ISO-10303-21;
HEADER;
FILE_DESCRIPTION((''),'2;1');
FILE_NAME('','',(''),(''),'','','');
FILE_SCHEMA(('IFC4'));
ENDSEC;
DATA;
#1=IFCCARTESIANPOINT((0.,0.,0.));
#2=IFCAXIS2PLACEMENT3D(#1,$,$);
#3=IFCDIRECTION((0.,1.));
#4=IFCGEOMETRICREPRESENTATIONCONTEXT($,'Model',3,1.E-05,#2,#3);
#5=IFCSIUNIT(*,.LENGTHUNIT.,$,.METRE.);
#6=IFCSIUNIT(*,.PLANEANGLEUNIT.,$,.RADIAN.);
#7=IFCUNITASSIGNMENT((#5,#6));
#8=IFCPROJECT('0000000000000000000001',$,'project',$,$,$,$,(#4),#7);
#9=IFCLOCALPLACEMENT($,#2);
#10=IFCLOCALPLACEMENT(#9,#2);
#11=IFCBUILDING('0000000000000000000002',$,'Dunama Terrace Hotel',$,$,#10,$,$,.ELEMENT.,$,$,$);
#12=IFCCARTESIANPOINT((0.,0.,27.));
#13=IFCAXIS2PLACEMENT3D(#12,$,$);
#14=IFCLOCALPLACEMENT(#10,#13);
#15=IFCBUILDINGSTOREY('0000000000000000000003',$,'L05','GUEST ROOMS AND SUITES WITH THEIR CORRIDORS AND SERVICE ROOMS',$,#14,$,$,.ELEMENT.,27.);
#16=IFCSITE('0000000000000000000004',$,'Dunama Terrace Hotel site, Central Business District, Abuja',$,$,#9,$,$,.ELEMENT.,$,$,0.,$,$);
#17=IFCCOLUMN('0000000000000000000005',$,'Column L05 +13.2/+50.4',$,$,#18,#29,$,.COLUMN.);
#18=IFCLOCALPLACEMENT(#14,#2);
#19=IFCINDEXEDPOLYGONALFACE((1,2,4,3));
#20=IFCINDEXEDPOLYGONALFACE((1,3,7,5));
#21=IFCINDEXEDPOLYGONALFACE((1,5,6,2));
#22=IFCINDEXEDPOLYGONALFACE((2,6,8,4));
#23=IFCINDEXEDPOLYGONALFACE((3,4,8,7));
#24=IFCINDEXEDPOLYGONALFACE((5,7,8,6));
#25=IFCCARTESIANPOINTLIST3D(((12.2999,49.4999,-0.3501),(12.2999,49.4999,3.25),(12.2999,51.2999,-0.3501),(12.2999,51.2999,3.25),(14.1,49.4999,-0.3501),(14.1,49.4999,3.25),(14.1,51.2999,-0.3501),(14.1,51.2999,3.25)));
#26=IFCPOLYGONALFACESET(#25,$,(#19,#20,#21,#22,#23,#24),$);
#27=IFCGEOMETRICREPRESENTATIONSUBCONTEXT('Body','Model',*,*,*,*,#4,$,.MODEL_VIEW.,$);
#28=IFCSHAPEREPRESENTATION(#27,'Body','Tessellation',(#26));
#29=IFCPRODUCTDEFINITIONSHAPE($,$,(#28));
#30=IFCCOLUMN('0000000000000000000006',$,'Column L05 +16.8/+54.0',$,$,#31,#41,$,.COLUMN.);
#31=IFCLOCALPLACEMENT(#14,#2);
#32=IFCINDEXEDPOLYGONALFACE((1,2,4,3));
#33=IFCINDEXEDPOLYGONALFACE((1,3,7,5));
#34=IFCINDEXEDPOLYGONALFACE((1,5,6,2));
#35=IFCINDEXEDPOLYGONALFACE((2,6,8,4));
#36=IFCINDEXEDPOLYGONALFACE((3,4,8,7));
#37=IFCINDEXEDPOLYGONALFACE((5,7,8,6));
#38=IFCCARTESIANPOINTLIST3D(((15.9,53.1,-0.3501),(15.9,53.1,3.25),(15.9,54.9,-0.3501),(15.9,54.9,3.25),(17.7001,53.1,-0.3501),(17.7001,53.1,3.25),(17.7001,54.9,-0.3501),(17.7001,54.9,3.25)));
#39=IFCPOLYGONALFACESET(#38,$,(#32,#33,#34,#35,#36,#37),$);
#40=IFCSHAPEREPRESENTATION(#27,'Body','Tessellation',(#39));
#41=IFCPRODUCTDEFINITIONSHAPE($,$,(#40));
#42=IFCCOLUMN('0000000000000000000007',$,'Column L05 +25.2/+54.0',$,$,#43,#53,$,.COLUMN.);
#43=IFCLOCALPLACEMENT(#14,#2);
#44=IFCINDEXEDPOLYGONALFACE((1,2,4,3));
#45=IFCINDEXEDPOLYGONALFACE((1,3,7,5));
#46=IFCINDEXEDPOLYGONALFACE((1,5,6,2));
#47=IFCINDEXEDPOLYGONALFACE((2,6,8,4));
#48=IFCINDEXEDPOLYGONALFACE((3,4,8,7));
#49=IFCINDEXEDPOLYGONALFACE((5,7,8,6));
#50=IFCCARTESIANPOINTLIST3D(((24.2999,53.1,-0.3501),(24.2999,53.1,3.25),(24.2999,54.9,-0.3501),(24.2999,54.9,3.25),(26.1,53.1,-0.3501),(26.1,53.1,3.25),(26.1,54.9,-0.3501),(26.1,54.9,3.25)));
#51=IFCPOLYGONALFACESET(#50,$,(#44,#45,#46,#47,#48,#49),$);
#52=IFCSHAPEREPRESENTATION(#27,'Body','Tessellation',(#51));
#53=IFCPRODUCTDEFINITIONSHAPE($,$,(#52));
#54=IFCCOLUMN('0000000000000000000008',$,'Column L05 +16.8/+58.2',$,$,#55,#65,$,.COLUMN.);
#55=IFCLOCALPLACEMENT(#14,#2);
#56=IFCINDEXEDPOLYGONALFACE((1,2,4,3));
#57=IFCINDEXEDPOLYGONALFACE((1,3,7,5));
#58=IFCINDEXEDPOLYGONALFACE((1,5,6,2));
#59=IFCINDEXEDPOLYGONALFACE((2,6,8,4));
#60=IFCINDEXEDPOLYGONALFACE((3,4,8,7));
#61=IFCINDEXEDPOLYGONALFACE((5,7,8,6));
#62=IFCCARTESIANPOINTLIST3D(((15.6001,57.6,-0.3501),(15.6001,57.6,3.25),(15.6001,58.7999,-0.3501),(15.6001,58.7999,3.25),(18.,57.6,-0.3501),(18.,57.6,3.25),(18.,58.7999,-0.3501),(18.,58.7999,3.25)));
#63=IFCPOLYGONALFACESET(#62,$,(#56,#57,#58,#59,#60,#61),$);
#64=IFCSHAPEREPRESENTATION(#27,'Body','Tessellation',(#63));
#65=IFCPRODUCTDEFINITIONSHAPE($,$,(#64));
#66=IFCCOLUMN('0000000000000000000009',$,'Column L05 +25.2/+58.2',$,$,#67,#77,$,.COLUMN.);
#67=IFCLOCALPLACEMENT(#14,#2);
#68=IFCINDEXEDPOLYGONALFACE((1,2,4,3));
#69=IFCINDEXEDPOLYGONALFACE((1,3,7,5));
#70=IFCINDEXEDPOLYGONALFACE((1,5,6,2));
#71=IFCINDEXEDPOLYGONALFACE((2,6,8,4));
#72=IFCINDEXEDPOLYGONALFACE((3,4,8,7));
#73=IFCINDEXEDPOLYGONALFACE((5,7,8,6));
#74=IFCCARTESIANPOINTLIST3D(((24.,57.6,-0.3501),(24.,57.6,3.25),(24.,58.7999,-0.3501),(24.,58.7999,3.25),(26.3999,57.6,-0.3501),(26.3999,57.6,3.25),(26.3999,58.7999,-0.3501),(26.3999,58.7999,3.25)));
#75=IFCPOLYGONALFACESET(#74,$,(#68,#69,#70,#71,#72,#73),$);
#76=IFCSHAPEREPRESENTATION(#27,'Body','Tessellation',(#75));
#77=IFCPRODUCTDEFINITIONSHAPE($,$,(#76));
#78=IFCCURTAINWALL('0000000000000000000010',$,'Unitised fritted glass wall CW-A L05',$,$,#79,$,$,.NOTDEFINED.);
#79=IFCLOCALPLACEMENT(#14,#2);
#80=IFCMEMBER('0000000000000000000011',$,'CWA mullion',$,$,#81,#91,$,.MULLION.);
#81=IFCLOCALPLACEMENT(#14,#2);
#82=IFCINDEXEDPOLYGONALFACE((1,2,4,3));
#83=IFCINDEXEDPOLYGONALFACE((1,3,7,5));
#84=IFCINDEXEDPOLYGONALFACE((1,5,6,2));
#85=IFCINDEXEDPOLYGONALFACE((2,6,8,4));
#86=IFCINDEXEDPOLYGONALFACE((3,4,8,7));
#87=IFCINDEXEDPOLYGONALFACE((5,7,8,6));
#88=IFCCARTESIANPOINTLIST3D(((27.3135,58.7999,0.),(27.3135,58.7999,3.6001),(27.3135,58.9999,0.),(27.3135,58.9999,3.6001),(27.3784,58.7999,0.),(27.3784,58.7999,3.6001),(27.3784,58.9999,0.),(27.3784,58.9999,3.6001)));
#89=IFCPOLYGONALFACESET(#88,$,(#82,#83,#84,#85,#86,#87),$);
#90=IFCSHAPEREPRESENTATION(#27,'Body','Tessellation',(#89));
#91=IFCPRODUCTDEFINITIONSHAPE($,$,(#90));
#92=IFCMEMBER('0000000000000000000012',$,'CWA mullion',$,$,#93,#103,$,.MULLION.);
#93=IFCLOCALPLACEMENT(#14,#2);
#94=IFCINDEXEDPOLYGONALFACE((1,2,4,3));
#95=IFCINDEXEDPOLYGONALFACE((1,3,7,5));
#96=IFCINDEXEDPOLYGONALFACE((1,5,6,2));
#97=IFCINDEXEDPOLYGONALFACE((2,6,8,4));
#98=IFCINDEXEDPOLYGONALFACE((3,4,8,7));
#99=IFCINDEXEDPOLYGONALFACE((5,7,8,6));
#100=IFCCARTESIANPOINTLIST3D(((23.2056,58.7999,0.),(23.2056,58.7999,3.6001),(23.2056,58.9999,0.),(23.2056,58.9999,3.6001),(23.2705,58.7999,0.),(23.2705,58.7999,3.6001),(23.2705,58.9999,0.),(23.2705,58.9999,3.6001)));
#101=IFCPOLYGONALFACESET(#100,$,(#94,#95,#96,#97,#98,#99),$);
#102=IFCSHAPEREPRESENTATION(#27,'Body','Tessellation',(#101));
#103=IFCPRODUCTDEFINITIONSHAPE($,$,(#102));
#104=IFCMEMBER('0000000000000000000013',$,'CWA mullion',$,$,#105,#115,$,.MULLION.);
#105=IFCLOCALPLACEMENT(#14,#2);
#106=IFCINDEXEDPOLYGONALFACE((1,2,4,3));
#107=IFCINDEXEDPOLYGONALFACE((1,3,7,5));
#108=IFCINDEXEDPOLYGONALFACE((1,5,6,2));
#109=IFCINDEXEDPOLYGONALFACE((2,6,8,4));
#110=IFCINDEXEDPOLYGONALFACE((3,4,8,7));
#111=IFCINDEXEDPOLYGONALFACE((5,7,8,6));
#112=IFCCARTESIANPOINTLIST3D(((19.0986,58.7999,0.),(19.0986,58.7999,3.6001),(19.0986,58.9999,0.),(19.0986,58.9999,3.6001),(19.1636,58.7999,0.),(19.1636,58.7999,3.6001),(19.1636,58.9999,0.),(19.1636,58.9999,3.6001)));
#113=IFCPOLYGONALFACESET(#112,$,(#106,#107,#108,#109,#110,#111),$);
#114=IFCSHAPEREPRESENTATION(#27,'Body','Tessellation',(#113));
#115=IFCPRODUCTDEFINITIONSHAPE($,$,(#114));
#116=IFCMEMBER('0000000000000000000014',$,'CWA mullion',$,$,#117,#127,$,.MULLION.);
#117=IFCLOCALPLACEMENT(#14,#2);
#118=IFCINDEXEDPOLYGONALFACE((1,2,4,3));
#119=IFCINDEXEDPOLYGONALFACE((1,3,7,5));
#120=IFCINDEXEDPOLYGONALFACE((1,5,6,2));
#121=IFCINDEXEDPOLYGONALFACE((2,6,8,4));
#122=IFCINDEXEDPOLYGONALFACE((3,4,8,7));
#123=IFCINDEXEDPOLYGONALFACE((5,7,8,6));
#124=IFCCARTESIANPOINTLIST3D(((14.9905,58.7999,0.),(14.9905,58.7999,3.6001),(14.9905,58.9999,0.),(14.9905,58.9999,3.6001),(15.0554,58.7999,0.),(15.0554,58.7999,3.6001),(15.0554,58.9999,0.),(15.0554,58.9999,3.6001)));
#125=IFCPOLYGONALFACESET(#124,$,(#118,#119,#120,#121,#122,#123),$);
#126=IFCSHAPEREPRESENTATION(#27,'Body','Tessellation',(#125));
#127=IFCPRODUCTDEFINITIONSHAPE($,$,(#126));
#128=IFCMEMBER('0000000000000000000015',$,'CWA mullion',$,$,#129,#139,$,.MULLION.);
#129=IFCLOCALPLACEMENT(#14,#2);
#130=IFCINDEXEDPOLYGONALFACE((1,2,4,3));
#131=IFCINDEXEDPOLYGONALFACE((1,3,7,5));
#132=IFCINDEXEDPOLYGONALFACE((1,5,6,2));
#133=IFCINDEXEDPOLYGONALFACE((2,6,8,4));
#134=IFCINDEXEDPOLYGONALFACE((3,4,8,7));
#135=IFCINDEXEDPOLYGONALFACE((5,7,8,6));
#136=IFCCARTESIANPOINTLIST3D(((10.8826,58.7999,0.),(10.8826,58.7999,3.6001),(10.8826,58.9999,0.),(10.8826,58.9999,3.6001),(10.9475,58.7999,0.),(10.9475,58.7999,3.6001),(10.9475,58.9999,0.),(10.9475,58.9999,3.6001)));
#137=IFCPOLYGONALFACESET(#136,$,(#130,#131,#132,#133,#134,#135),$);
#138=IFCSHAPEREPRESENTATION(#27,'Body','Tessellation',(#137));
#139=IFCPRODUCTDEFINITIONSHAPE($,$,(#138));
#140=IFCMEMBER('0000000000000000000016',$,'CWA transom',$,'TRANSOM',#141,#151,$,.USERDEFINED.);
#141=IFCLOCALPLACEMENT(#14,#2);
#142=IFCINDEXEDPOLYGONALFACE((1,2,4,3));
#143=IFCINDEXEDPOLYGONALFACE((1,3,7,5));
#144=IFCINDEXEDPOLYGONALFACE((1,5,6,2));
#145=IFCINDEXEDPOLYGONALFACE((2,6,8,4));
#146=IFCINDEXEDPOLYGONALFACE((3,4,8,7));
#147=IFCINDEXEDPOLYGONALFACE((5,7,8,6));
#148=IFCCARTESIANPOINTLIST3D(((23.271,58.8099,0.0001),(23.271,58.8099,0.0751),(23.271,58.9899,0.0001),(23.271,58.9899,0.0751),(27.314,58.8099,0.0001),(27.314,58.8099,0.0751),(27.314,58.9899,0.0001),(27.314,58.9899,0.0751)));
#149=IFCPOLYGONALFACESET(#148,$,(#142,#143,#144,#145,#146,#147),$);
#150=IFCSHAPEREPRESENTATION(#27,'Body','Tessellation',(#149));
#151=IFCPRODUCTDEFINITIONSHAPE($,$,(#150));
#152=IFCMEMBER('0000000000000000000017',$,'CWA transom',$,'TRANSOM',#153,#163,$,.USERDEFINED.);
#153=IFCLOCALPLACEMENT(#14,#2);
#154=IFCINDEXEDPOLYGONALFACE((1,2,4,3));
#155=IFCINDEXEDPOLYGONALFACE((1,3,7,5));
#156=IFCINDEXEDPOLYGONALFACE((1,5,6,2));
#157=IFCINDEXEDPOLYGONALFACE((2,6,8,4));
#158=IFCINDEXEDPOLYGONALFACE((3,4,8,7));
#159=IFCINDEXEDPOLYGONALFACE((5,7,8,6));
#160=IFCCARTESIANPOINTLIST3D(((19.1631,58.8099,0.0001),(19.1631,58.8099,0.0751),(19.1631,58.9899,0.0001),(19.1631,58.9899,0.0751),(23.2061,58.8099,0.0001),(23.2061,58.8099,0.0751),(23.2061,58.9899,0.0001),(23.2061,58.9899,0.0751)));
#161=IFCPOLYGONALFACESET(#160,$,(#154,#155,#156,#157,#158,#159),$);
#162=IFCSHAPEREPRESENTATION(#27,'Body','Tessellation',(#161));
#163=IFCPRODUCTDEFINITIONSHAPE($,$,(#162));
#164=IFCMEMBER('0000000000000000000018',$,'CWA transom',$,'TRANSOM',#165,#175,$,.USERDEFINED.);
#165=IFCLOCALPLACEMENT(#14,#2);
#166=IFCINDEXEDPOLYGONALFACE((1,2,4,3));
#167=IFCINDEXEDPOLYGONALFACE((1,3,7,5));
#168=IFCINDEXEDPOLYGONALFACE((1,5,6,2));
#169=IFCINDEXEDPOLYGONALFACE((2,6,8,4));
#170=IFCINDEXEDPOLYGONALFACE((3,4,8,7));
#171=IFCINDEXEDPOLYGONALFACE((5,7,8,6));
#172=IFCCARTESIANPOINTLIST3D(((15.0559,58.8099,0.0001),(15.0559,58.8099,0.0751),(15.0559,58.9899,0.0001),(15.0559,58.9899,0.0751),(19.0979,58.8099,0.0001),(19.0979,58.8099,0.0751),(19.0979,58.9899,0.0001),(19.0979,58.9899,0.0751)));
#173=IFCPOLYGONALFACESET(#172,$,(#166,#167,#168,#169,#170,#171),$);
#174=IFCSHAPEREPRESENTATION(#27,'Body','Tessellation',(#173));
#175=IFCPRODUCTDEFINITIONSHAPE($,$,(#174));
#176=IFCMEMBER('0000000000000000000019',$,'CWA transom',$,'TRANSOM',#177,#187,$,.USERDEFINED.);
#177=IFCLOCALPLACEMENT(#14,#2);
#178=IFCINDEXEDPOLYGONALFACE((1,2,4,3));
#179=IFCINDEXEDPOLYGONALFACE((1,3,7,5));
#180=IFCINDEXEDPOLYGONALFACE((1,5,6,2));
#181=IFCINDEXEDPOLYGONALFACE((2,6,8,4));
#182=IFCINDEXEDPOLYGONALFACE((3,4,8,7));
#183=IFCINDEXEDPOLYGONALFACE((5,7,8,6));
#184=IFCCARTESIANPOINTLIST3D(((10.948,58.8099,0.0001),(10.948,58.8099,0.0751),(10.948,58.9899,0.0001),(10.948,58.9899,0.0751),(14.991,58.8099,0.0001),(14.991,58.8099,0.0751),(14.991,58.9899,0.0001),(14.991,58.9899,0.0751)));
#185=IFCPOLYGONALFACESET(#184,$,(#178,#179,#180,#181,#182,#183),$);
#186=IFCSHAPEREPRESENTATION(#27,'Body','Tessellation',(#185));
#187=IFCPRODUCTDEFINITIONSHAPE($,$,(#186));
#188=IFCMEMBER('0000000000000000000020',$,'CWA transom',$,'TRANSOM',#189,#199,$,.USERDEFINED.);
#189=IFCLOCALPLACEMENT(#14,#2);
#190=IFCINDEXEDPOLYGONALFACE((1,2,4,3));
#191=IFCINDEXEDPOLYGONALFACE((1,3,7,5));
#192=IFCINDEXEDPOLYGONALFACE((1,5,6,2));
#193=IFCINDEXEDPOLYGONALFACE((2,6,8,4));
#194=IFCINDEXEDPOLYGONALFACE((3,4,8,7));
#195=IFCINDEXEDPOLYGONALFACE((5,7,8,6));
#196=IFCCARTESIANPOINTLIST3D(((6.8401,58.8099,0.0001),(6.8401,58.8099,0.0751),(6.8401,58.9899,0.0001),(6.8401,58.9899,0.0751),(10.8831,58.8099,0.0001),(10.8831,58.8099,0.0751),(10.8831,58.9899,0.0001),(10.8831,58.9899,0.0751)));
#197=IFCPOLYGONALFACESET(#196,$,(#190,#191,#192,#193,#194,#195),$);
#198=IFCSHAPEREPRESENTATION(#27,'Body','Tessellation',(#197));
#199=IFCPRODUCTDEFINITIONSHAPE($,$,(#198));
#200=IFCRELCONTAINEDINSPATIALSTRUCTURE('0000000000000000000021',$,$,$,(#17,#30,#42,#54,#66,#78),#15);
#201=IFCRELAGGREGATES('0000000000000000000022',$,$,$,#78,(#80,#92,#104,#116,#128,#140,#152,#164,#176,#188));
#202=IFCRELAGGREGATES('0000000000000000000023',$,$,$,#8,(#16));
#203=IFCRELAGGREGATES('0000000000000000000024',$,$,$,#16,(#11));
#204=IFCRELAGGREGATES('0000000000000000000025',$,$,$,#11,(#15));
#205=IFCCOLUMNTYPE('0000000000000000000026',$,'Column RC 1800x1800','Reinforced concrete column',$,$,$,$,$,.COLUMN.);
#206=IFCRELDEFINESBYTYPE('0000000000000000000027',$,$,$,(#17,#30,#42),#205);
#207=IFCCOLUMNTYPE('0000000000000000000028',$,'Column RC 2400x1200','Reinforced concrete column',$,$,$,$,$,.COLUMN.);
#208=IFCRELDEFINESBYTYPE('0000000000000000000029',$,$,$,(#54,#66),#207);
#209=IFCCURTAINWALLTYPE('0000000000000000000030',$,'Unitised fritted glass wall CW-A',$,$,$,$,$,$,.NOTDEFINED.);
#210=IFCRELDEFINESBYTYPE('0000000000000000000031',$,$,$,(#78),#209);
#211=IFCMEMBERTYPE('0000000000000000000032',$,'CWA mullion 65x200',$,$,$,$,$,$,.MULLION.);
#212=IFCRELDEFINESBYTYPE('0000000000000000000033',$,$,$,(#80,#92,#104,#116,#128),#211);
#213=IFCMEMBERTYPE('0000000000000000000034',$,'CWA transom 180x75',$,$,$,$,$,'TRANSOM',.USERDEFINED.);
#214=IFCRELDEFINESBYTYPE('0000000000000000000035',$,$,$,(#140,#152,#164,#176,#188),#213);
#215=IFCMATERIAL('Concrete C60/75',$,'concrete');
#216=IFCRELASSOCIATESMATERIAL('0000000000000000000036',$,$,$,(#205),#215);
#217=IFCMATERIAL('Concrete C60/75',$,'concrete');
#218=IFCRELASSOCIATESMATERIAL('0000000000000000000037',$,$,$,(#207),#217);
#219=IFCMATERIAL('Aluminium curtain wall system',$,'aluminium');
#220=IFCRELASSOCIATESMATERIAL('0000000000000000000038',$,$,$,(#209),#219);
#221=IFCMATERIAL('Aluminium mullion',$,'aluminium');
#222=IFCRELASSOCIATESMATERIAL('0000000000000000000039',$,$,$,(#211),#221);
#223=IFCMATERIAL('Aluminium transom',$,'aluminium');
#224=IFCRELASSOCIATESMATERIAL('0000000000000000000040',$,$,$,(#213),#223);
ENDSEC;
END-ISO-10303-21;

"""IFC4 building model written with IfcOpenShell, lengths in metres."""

from ifc_helpers import new_model, si_unit, direction, frame, origin, origin_2d, place, context, subcontext, project, spatial, rectangle, extrude, material, material_profile, profile_set, type_object, element, aggregate, save


model = new_model("IFC4")

# Units and contexts
model_context = context("Model", 3, precision=1e-05, world=origin(), true_north=direction((0.0, 1.0)))
body_context = subcontext(model_context, "Body", "Model", "MODEL_VIEW")
ifc_project = project(units=[si_unit("LENGTHUNIT", "METRE"), si_unit("PLANEANGLEUNIT", "RADIAN")], contexts=[model_context])

# Site, building, storey
site_placement = place(None, origin())
site = spatial("IfcSite", under=ifc_project, at=site_placement, Name="Dunama Terrace Hotel site, Central Business District, Abuja", CompositionType="ELEMENT", RefElevation=0.0)
building_placement = place(site_placement, origin())
building = spatial("IfcBuilding", under=site, at=building_placement, Name="Dunama Terrace Hotel", CompositionType="ELEMENT")
storey_placement = place(building_placement, frame((0.0, 0.0, 27.0)))
storey = spatial("IfcBuildingStorey", under=building, at=storey_placement, Name="L05", Description="GUEST ROOMS AND SUITES WITH THEIR CORRIDORS AND SERVICE ROOMS", CompositionType="ELEMENT", Elevation=27.0)

# Columns
ifc_material_1 = material(Name="Concrete C60/75", Category="concrete")
ifc_material_profile_1 = material_profile(ifc_material_1, rectangle(XDim=1.8, YDim=1.8, at=origin_2d()), Name="RC 1800x1800")
ifc_profile_set_1 = profile_set([ifc_material_profile_1], Name="Concrete C60/75")
column_type_1 = type_object("IfcColumnType", Name="Column RC 1800x1800", Description="Reinforced concrete column", PredefinedType="COLUMN", material=ifc_profile_set_1)
for number, where, z_axis, x_axis, name in (
    (1, (13.2, 50.3999, -0.3501), (0.0, 0.0, 1.0), (1.0, 0.0, 0.0), "Column L05 +13.2/+50.4"),
    (2, (16.8, 54.0, -0.3501), (0.0, 0.0, 1.0), (1.0, 0.0, 0.0), "Column L05 +16.8/+54.0"),
    (3, (25.2, 54.0, -0.3501), (0.0, 0.0, 1.0), (1.0, 0.0, 0.0), "Column L05 +25.2/+54.0"),
):
    element("IfcColumn", number, at=place(storey_placement, frame(where, z_axis=z_axis, x_axis=x_axis)), inside=storey, type_object=column_type_1, Name=name, PredefinedType="COLUMN", context=body_context, shape_type="SweptSolid", body=[
        extrude(rectangle(XDim=1.8, YDim=1.8, at=origin_2d()), origin(), (0.0, 0.0, 1.0), 3.6001),
    ])
ifc_material_2 = material(Name="Concrete C60/75", Category="concrete")
ifc_material_profile_2 = material_profile(ifc_material_2, rectangle(XDim=2.3999, YDim=1.2, at=origin_2d()), Name="RC 2400x1200")
ifc_profile_set_2 = profile_set([ifc_material_profile_2], Name="Concrete C60/75")
column_type_2 = type_object("IfcColumnType", Name="Column RC 2400x1200", Description="Reinforced concrete column", PredefinedType="COLUMN", material=ifc_profile_set_2)
for number, where, z_axis, x_axis, name in (
    (4, (16.8, 58.2, -0.3501), (0.0, 0.0, 1.0), (1.0, 0.0, 0.0), "Column L05 +16.8/+58.2"),
    (5, (25.2, 58.2, -0.3501), (0.0, 0.0, 1.0), (1.0, 0.0, 0.0), "Column L05 +25.2/+58.2"),
):
    element("IfcColumn", number, at=place(storey_placement, frame(where, z_axis=z_axis, x_axis=x_axis)), inside=storey, type_object=column_type_2, Name=name, PredefinedType="COLUMN", context=body_context, shape_type="SweptSolid", body=[
        extrude(rectangle(XDim=2.3999, YDim=1.2, at=origin_2d()), origin(), (0.0, 0.0, 1.0), 3.6001),
    ])

# Curtain wall, members
ifc_material_3 = material(Name="Aluminium curtain wall system", Category="aluminium")
curtain_wall_type = type_object("IfcCurtainWallType", Name="Unitised fritted glass wall CW-A", PredefinedType="NOTDEFINED", material=ifc_material_3)
curtain_wall_placement = place(storey_placement, origin())
curtain_wall = element("IfcCurtainWall", 6, at=curtain_wall_placement, inside=storey, type_object=curtain_wall_type, Name="Unitised fritted glass wall CW-A L05", PredefinedType="NOTDEFINED")
ifc_material_4 = material(Name="Aluminium mullion", Category="aluminium")
ifc_material_profile_3 = material_profile(ifc_material_4, rectangle(XDim=0.0649, YDim=0.2, at=origin_2d()), Name="CWA MULLION 65X200")
ifc_profile_set_3 = profile_set([ifc_material_profile_3], Name="Aluminium mullion")
member_type_1 = type_object("IfcMemberType", Name="CWA mullion 65x200", PredefinedType="MULLION", material=ifc_profile_set_3)
member_1_placement = place(storey_placement, frame((27.3459, 58.8999, 0.0), z_axis=(0.0, 0.0, 1.0), x_axis=(-1.0, 0.0, 0.0)))
member_1 = element("IfcMember", 7, at=member_1_placement, type_object=member_type_1, Name="CWA mullion", PredefinedType="MULLION", context=body_context, shape_type="SweptSolid", body=[
    extrude(rectangle(XDim=0.0649, YDim=0.2, at=origin_2d()), origin(), (0.0, 0.0, 1.0), 3.6001),
])
member_2_placement = place(storey_placement, frame((23.238, 58.8999, 0.0), z_axis=(0.0, 0.0, 1.0), x_axis=(-1.0, 0.0, 0.0)))
member_2 = element("IfcMember", 8, at=member_2_placement, type_object=member_type_1, Name="CWA mullion", PredefinedType="MULLION", context=body_context, shape_type="SweptSolid", body=[
    extrude(rectangle(XDim=0.0649, YDim=0.2, at=origin_2d()), origin(), (0.0, 0.0, 1.0), 3.6001),
])
member_3_placement = place(storey_placement, frame((19.1311, 58.8999, 0.0), z_axis=(0.0, 0.0, 1.0), x_axis=(-1.0, 0.0, 0.0)))
member_3 = element("IfcMember", 9, at=member_3_placement, type_object=member_type_1, Name="CWA mullion", PredefinedType="MULLION", context=body_context, shape_type="SweptSolid", body=[
    extrude(rectangle(XDim=0.0649, YDim=0.2, at=origin_2d()), origin(), (0.0, 0.0, 1.0), 3.6001),
])
member_4_placement = place(storey_placement, frame((15.0229, 58.8999, 0.0), z_axis=(0.0, 0.0, 1.0), x_axis=(-1.0, 0.0, 0.0)))
member_4 = element("IfcMember", 10, at=member_4_placement, type_object=member_type_1, Name="CWA mullion", PredefinedType="MULLION", context=body_context, shape_type="SweptSolid", body=[
    extrude(rectangle(XDim=0.0649, YDim=0.2, at=origin_2d()), origin(), (0.0, 0.0, 1.0), 3.6001),
])
member_5_placement = place(storey_placement, frame((10.915, 58.8999, 0.0), z_axis=(0.0, 0.0, 1.0), x_axis=(-1.0, 0.0, 0.0)))
member_5 = element("IfcMember", 11, at=member_5_placement, type_object=member_type_1, Name="CWA mullion", PredefinedType="MULLION", context=body_context, shape_type="SweptSolid", body=[
    extrude(rectangle(XDim=0.0649, YDim=0.2, at=origin_2d()), origin(), (0.0, 0.0, 1.0), 3.6001),
])
ifc_material_5 = material(Name="Aluminium transom", Category="aluminium")
ifc_material_profile_4 = material_profile(ifc_material_5, rectangle(XDim=0.1799, YDim=0.075, at=origin_2d()), Name="CWA TRANSOM 180X75")
ifc_profile_set_4 = profile_set([ifc_material_profile_4], Name="Aluminium transom")
member_type_2 = type_object("IfcMemberType", Name="CWA transom 180x75", ElementType="TRANSOM", PredefinedType="USERDEFINED", material=ifc_profile_set_4)
member_6_placement = place(storey_placement, frame((27.314, 58.8999, 0.0376), z_axis=(-1.0, 0.0, 0.0), x_axis=(0.0, -1.0, 0.0)))
member_6 = element("IfcMember", 12, at=member_6_placement, type_object=member_type_2, Name="CWA transom", ObjectType="TRANSOM", PredefinedType="USERDEFINED", context=body_context, shape_type="SweptSolid", body=[
    extrude(rectangle(XDim=0.1799, YDim=0.075, at=origin_2d()), origin(), (0.0, 0.0, 1.0), 4.043),
])
member_7_placement = place(storey_placement, frame((23.2061, 58.8999, 0.0376), z_axis=(-1.0, 0.0, 0.0), x_axis=(0.0, -1.0, 0.0)))
member_7 = element("IfcMember", 13, at=member_7_placement, type_object=member_type_2, Name="CWA transom", ObjectType="TRANSOM", PredefinedType="USERDEFINED", context=body_context, shape_type="SweptSolid", body=[
    extrude(rectangle(XDim=0.1799, YDim=0.075, at=origin_2d()), origin(), (0.0, 0.0, 1.0), 4.043),
])
member_8_placement = place(storey_placement, frame((19.0979, 58.8999, 0.0376), z_axis=(-1.0, 0.0, 0.0), x_axis=(0.0, -1.0, 0.0)))
member_8 = element("IfcMember", 14, at=member_8_placement, type_object=member_type_2, Name="CWA transom", ObjectType="TRANSOM", PredefinedType="USERDEFINED", context=body_context, shape_type="SweptSolid", body=[
    extrude(rectangle(XDim=0.1799, YDim=0.075, at=origin_2d()), origin(), (0.0, 0.0, 1.0), 4.042),
])
member_9_placement = place(storey_placement, frame((14.991, 58.8999, 0.0376), z_axis=(-1.0, 0.0, 0.0), x_axis=(0.0, -1.0, 0.0)))
member_9 = element("IfcMember", 15, at=member_9_placement, type_object=member_type_2, Name="CWA transom", ObjectType="TRANSOM", PredefinedType="USERDEFINED", context=body_context, shape_type="SweptSolid", body=[
    extrude(rectangle(XDim=0.1799, YDim=0.075, at=origin_2d()), origin(), (0.0, 0.0, 1.0), 4.043),
])
member_10_placement = place(storey_placement, frame((10.8831, 58.8999, 0.0376), z_axis=(-1.0, 0.0, 0.0), x_axis=(0.0, -1.0, 0.0)))
member_10 = element("IfcMember", 16, at=member_10_placement, type_object=member_type_2, Name="CWA transom", ObjectType="TRANSOM", PredefinedType="USERDEFINED", context=body_context, shape_type="SweptSolid", body=[
    extrude(rectangle(XDim=0.1799, YDim=0.075, at=origin_2d()), origin(), (0.0, 0.0, 1.0), 4.043),
])

aggregate(curtain_wall, [member_1, member_2, member_3, member_4, member_5, member_6, member_7, member_8, member_9, member_10])

save(model, "model.ifc")
